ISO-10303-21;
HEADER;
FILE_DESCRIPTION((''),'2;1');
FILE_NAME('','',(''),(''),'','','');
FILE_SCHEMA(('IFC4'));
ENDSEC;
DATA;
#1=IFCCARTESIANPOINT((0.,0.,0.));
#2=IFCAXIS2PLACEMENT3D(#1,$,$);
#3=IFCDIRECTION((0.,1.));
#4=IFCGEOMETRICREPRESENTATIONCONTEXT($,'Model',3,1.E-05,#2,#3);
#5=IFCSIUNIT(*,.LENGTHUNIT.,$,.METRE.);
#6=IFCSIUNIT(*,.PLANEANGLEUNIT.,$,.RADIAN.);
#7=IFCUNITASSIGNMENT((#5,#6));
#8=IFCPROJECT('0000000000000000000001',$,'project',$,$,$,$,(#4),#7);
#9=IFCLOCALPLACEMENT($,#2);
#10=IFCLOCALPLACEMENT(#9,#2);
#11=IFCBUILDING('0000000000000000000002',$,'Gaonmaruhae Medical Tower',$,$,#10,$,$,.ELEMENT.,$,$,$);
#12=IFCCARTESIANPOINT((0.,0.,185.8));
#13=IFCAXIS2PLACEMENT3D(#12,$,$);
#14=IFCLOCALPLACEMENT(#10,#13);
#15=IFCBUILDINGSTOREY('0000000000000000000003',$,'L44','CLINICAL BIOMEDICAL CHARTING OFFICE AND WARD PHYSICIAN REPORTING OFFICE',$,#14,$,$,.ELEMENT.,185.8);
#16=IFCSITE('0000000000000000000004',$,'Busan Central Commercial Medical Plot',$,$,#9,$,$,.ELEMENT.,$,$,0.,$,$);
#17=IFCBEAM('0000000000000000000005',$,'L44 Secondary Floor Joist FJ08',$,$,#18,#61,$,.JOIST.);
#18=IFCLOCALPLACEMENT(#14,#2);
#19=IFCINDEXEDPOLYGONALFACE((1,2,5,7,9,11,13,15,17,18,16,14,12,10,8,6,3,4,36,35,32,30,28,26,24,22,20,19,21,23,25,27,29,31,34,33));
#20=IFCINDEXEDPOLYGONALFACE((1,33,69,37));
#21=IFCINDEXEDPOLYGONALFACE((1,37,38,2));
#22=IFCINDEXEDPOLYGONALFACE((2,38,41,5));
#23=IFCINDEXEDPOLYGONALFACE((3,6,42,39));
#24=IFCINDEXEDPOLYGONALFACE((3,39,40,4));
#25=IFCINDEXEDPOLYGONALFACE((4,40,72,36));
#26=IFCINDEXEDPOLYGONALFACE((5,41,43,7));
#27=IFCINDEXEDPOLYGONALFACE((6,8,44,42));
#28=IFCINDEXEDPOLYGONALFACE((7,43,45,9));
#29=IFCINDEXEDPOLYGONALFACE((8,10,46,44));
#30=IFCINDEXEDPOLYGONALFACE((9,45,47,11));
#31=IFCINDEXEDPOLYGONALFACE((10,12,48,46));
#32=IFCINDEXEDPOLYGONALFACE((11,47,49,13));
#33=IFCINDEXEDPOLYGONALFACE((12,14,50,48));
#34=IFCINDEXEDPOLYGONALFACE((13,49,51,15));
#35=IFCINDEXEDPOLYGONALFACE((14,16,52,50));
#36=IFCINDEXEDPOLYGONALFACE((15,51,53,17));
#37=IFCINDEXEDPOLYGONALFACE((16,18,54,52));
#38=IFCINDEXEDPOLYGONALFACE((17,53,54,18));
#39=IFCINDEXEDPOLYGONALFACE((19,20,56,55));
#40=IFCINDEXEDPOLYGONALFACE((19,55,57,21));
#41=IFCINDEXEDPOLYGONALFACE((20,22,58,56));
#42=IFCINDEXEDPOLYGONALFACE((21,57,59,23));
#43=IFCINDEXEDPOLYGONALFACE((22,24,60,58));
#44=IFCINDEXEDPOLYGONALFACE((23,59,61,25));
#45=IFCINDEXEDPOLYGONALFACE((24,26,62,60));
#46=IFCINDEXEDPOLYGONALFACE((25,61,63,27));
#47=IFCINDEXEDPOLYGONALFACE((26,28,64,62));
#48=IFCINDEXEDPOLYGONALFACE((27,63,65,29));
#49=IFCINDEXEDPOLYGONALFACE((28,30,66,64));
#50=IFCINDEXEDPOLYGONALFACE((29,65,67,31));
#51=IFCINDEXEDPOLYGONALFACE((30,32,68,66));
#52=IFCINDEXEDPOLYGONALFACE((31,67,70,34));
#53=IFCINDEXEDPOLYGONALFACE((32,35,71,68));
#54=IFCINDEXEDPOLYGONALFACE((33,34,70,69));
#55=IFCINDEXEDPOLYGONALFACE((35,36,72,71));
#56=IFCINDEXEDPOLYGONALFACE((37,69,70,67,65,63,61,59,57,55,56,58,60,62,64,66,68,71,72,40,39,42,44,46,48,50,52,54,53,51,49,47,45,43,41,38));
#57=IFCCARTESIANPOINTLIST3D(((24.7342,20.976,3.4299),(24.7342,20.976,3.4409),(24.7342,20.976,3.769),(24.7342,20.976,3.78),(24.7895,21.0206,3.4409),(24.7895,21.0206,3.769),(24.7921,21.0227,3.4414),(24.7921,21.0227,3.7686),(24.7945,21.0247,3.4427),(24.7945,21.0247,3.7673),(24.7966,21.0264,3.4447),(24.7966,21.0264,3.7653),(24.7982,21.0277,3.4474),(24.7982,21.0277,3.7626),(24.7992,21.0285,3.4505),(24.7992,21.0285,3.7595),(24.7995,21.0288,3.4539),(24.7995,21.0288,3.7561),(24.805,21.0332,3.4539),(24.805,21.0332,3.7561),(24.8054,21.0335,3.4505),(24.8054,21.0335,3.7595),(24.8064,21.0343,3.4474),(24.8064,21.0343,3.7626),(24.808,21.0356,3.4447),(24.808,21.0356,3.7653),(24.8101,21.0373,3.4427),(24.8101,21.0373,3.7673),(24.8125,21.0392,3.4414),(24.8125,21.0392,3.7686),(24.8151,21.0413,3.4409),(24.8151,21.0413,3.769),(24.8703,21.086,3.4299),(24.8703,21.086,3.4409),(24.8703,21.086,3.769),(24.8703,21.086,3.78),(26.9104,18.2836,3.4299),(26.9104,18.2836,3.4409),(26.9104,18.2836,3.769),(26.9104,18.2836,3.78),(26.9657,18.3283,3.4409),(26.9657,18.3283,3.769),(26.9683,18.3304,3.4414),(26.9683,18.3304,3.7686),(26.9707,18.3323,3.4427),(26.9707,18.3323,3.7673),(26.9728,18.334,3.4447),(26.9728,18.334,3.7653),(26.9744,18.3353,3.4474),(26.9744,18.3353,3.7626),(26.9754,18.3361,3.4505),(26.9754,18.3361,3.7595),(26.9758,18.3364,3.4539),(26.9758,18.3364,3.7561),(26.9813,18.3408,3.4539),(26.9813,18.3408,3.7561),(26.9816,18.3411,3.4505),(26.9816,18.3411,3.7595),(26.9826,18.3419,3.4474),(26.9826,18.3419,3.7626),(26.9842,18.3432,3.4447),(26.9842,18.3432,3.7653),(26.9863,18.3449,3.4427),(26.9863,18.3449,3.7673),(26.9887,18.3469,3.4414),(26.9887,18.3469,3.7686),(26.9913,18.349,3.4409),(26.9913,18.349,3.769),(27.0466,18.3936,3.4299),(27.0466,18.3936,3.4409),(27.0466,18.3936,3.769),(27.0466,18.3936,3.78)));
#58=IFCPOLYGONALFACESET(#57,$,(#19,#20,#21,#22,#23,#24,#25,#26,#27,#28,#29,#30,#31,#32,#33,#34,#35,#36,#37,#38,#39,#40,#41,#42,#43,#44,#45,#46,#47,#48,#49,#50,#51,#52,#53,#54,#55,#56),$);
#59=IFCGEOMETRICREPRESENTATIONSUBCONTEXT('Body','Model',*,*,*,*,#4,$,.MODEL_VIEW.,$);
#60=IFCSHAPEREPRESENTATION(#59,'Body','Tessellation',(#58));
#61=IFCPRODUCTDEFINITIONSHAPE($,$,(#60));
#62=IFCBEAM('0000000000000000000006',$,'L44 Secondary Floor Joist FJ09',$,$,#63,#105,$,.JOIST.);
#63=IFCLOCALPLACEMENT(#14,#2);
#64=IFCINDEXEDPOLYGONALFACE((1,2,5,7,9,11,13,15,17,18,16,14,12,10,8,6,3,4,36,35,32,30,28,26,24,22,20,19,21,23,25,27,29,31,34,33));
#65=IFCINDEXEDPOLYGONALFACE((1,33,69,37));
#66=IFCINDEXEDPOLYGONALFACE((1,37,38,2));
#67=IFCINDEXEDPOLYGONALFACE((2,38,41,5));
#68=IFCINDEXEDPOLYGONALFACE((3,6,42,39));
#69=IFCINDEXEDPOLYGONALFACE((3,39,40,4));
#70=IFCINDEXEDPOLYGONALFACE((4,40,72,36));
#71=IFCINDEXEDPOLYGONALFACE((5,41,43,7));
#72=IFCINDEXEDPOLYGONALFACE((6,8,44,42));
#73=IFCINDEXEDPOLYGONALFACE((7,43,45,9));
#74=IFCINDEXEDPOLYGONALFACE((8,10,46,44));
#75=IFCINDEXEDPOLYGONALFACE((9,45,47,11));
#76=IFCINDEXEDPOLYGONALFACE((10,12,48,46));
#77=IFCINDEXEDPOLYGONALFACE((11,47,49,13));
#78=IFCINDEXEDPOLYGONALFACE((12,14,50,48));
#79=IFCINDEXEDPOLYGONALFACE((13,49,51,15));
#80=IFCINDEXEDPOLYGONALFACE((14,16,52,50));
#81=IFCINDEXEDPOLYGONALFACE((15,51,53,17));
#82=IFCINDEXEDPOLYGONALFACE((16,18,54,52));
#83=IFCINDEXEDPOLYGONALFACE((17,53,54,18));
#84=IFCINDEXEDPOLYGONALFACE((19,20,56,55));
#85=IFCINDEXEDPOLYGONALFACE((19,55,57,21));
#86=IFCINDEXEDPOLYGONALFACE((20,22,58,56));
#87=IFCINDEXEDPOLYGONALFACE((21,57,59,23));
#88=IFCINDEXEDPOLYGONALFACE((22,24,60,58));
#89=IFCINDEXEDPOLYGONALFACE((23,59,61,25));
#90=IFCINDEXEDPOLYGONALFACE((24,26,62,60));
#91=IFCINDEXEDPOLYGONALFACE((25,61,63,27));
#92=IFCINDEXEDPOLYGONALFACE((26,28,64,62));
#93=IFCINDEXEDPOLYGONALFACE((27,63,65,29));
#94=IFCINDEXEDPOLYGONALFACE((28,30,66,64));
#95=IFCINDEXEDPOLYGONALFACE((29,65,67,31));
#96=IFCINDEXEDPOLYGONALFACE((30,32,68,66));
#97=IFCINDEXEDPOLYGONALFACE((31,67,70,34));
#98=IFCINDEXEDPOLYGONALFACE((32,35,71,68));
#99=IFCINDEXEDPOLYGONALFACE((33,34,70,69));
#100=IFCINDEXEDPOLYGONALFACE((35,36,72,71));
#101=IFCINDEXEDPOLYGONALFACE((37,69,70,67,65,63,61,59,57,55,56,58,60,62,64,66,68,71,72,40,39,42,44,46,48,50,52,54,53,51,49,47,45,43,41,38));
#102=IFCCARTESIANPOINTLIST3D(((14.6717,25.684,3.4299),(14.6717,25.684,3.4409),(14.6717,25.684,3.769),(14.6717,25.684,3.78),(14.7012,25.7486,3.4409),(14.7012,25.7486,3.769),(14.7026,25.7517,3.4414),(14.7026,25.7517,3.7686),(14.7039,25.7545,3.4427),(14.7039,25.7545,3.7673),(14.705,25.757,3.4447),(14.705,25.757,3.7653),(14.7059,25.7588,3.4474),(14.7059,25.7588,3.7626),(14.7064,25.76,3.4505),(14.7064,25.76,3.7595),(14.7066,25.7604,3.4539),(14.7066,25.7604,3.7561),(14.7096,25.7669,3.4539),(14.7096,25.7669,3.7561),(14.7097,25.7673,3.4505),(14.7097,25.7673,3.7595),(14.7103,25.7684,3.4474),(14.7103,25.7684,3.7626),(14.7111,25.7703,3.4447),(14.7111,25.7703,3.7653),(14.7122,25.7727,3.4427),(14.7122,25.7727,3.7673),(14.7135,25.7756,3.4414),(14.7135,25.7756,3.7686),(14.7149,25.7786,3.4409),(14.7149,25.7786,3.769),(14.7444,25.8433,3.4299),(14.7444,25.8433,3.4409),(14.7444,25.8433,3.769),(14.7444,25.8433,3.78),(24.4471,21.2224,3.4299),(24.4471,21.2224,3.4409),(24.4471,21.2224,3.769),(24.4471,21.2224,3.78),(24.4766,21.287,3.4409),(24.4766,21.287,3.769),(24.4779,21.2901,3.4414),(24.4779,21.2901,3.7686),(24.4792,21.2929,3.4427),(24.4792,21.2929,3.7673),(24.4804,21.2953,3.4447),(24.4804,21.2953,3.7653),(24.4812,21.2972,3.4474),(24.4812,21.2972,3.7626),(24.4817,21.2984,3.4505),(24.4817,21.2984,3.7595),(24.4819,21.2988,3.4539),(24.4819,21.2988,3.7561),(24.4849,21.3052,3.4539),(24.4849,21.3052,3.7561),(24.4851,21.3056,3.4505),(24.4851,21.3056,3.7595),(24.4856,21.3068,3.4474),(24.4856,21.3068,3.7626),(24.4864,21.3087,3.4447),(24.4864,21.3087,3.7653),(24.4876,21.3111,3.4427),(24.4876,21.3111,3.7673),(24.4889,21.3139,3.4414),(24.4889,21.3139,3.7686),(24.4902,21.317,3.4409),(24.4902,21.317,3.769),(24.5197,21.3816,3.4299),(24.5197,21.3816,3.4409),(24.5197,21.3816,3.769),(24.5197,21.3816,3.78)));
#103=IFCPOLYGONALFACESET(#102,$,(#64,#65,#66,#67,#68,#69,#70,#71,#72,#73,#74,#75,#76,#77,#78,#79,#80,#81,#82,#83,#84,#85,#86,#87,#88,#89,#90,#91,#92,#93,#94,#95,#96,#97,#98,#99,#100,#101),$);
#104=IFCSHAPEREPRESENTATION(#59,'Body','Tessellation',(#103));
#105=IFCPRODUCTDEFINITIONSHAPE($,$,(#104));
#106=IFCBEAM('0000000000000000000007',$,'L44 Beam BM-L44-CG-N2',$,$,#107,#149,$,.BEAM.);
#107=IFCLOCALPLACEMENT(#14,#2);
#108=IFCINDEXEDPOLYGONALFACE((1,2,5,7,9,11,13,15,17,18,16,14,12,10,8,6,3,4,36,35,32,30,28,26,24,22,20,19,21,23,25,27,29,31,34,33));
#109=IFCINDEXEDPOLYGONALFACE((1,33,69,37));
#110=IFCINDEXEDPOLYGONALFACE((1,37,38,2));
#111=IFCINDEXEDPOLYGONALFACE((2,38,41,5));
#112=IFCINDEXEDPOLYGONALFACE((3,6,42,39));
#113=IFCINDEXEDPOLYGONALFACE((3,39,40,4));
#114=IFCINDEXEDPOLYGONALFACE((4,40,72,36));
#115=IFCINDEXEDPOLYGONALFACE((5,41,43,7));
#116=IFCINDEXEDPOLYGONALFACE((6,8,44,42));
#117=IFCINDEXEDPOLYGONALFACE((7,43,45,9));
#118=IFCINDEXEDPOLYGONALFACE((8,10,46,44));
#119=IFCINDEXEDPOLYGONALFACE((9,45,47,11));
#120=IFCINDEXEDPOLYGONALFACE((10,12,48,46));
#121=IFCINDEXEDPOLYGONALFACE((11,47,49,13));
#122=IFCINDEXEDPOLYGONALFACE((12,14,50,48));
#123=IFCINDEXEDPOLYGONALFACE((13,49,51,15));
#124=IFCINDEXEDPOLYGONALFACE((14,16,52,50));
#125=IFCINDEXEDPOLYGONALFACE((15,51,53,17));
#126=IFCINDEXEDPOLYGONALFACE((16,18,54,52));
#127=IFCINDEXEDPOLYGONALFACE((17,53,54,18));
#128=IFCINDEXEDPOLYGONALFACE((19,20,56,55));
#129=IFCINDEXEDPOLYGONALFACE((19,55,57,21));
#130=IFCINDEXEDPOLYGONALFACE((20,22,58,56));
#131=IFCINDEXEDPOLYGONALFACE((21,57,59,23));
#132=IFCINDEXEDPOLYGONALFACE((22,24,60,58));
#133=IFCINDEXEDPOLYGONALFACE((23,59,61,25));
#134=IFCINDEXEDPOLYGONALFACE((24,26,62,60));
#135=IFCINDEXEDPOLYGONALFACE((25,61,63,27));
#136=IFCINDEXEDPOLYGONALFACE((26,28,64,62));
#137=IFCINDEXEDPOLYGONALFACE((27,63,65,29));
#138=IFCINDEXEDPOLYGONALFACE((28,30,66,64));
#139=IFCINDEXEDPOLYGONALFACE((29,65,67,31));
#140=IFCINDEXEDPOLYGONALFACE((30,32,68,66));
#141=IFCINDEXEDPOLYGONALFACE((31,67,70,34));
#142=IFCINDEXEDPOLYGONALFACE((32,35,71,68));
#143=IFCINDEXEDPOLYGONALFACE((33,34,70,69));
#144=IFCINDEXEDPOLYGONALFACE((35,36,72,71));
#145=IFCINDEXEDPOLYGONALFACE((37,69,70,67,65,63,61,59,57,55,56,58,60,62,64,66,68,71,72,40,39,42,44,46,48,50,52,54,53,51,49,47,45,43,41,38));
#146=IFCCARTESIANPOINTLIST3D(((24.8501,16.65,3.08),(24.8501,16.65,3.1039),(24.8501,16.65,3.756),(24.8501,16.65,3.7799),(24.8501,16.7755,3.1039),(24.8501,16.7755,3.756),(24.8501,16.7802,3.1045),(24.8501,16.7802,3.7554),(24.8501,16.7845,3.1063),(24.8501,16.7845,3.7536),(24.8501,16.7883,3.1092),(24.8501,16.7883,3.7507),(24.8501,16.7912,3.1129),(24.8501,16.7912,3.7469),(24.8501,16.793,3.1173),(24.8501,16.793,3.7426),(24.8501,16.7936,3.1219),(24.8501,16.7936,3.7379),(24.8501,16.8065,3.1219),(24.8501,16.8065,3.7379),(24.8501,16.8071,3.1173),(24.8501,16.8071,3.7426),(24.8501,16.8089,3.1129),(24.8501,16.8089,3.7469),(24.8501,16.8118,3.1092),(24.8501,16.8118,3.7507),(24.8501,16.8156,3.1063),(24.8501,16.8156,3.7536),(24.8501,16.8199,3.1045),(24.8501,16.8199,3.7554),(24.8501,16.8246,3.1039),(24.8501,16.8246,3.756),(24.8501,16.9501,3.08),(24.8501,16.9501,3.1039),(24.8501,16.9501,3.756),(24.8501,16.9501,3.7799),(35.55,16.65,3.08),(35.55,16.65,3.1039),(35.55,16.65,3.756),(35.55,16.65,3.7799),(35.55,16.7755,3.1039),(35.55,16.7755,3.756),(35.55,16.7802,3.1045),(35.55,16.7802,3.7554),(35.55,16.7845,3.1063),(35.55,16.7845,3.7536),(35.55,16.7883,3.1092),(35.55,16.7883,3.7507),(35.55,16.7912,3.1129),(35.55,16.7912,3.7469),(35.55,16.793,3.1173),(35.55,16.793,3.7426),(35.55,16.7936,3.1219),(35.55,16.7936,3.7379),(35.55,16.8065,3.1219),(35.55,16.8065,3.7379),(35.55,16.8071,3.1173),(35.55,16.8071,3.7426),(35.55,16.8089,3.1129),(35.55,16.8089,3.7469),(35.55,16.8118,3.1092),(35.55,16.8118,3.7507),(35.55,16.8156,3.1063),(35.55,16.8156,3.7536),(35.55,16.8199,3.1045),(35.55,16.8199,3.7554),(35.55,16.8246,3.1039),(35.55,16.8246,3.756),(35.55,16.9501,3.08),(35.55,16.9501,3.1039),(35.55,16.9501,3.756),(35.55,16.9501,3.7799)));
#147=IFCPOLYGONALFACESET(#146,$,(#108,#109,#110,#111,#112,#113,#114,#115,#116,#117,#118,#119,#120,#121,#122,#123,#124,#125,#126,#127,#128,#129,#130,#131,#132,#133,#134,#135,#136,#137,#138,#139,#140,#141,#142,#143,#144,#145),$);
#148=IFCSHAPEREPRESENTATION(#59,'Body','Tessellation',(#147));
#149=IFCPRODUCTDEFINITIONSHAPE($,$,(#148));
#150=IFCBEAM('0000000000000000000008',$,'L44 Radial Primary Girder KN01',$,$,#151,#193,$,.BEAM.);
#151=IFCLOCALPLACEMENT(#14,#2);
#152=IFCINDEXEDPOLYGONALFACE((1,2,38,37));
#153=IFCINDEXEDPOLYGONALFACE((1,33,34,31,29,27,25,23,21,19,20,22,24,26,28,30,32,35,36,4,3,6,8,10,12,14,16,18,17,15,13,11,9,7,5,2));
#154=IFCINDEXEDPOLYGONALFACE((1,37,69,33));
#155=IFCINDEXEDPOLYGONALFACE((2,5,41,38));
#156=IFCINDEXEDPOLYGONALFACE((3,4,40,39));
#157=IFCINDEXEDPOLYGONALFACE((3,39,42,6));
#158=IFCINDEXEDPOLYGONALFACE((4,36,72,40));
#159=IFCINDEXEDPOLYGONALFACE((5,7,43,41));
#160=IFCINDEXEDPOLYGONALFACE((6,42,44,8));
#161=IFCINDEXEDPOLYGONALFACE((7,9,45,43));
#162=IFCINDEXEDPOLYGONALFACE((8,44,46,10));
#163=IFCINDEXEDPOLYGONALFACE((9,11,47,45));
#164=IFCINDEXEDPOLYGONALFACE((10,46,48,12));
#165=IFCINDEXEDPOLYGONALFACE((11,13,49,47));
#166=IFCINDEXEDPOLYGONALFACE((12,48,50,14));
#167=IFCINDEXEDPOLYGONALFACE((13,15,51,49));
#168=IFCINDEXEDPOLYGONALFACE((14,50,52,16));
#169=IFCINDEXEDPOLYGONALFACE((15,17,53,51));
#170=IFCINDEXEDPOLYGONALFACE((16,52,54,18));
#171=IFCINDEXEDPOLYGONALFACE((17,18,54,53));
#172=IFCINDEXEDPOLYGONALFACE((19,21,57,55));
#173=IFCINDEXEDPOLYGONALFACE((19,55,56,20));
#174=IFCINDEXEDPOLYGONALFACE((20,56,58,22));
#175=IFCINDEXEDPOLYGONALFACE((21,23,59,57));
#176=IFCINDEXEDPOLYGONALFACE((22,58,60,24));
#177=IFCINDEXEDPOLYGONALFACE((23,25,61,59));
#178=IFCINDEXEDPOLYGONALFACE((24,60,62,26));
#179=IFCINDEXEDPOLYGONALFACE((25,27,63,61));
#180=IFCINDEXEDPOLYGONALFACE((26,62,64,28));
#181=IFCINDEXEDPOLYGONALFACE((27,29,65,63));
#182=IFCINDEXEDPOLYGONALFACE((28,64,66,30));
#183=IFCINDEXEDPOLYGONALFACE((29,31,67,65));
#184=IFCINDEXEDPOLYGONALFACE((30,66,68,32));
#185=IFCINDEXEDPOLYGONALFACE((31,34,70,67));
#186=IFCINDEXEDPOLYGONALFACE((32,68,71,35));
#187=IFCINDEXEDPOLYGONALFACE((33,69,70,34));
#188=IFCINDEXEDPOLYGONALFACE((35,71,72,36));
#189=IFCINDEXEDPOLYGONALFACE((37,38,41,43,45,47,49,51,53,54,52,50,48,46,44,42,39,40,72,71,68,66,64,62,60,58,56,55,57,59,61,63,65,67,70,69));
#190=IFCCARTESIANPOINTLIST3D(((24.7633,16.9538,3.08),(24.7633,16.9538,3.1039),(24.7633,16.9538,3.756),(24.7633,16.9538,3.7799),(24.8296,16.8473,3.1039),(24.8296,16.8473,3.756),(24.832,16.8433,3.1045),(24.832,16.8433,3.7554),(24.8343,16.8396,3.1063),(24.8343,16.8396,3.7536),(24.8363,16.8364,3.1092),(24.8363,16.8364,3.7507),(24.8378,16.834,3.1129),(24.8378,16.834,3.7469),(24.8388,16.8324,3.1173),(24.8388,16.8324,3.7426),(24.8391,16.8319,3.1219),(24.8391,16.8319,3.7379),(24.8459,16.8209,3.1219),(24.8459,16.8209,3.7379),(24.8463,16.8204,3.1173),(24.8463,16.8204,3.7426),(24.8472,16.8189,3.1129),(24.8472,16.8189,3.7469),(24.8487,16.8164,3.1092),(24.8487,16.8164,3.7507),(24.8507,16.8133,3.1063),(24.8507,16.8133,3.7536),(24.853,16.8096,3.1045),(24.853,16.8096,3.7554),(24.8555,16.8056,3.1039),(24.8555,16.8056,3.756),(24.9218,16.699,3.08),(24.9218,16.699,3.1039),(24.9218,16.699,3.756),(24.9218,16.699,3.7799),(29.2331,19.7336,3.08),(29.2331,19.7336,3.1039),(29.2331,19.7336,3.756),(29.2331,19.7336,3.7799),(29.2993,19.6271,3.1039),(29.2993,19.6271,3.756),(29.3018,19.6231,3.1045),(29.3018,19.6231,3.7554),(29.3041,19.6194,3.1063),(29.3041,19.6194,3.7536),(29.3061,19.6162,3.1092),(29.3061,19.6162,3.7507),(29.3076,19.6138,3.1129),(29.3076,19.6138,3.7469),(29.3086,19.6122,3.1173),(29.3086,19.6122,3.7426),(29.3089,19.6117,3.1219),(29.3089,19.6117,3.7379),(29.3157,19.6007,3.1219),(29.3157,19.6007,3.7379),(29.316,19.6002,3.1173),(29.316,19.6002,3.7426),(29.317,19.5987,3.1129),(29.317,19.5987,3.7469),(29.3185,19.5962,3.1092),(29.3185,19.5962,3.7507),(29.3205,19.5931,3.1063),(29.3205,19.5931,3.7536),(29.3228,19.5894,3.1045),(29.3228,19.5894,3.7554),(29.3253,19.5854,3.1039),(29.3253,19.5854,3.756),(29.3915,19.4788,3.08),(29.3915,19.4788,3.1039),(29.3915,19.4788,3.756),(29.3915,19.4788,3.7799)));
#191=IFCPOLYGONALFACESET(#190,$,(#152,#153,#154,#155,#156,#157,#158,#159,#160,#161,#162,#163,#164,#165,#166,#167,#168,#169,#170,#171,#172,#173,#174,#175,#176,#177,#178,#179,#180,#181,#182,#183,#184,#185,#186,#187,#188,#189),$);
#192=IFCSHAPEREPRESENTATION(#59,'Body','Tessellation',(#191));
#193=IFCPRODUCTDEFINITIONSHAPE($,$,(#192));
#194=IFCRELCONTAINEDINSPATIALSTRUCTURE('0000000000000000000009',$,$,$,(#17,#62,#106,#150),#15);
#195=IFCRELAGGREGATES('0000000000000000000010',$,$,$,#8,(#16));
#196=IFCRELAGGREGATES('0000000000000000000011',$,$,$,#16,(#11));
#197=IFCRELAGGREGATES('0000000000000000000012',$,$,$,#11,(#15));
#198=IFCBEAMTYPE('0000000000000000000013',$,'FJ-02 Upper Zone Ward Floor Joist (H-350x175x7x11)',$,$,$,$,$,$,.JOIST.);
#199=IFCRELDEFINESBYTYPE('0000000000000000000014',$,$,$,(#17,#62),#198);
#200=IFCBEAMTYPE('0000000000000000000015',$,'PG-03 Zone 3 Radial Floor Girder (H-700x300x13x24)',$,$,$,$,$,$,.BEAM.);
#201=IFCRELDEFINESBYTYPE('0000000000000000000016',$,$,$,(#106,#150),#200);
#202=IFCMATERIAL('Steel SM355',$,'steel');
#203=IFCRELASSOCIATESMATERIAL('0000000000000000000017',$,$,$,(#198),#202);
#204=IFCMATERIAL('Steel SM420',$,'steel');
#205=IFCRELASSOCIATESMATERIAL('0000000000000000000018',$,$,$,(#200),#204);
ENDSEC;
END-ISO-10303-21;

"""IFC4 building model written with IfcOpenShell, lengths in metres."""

from ifc_helpers import new_model, si_unit, direction, frame, origin, origin_2d, place, context, subcontext, project, spatial, i_section, extrude, material, material_profile, profile_set, type_object, element, save


model = new_model("IFC4")

# Units and contexts
model_context = context("Model", 3, precision=1e-05, world=origin(), true_north=direction((0.0, 1.0)))
body_context = subcontext(model_context, "Body", "Model", "MODEL_VIEW")
ifc_project = project(units=[si_unit("LENGTHUNIT", "METRE"), si_unit("PLANEANGLEUNIT", "RADIAN")], contexts=[model_context])

# Site, building, storey
site_placement = place(None, origin())
site = spatial("IfcSite", under=ifc_project, at=site_placement, Name="Busan Central Commercial Medical Plot", CompositionType="ELEMENT", RefElevation=0.0)
building_placement = place(site_placement, origin())
building = spatial("IfcBuilding", under=site, at=building_placement, Name="Gaonmaruhae Medical Tower", CompositionType="ELEMENT")
storey_placement = place(building_placement, frame((0.0, 0.0, 185.8)))
storey = spatial("IfcBuildingStorey", under=building, at=storey_placement, Name="L44", Description="CLINICAL BIOMEDICAL CHARTING OFFICE AND WARD PHYSICIAN REPORTING OFFICE", CompositionType="ELEMENT", Elevation=185.8)

# Beams
ifc_material_1 = material(Name="Steel SM355", Category="steel")
ifc_material_profile_1 = material_profile(ifc_material_1, i_section(OverallWidth=0.175, OverallDepth=0.3501, WebThickness=0.0071, FlangeThickness=0.011, FilletRadius=0.0129, at=origin_2d()), Name="H-350x175x7x11")
ifc_profile_set_1 = profile_set([ifc_material_profile_1], Name="Steel SM355")
beam_type_1 = type_object("IfcBeamType", Name="FJ-02 Upper Zone Ward Floor Joist (H-350x175x7x11)", PredefinedType="JOIST", material=ifc_profile_set_1)
beam_1_placement = place(storey_placement, frame((26.9785, 18.3386, 3.605), z_axis=(-0.628626, 0.777708, 0.0), x_axis=(-0.777708, -0.628626, 0.0)))
element("IfcBeam", 1, at=beam_1_placement, inside=storey, type_object=beam_type_1, Name="L44 Secondary Floor Joist FJ08", PredefinedType="JOIST", context=body_context, shape_type="SweptSolid", body=[
    extrude(i_section(OverallWidth=0.175, OverallDepth=0.3501, WebThickness=0.0071, FlangeThickness=0.011, FilletRadius=0.0129, at=origin_2d()), origin(), (0.0, 0.0, 1.0), 3.4619),
])
beam_2_placement = place(storey_placement, frame((24.4834, 21.302, 3.605), z_axis=(-0.909723, 0.415215, 0.0), x_axis=(-0.415215, -0.909723, 0.0)))
element("IfcBeam", 2, at=beam_2_placement, inside=storey, type_object=beam_type_1, Name="L44 Secondary Floor Joist FJ09", PredefinedType="JOIST", context=body_context, shape_type="SweptSolid", body=[
    extrude(i_section(OverallWidth=0.175, OverallDepth=0.3501, WebThickness=0.0071, FlangeThickness=0.011, FilletRadius=0.0129, at=origin_2d()), origin(), (0.0, 0.0, 1.0), 10.7454),
])
ifc_material_2 = material(Name="Steel SM420", Category="steel")
ifc_material_profile_2 = material_profile(ifc_material_2, i_section(OverallWidth=0.3, OverallDepth=0.7, WebThickness=0.0129, FlangeThickness=0.0239, FilletRadius=0.0181, at=origin_2d()), Name="H-700x300x13x24")
ifc_profile_set_2 = profile_set([ifc_material_profile_2], Name="Steel SM420")
beam_type_2 = type_object("IfcBeamType", Name="PG-03 Zone 3 Radial Floor Girder (H-700x300x13x24)", PredefinedType="BEAM", material=ifc_profile_set_2)
beam_3_placement = place(storey_placement, frame((24.8501, 16.8, 3.4299), z_axis=(1.0, 0.0, 0.0), x_axis=(0.0, 1.0, 0.0)))
element("IfcBeam", 3, at=beam_3_placement, inside=storey, type_object=beam_type_2, Name="L44 Beam BM-L44-CG-N2", PredefinedType="BEAM", context=body_context, shape_type="SweptSolid", body=[
    extrude(i_section(OverallWidth=0.3, OverallDepth=0.7, WebThickness=0.0129, FlangeThickness=0.0239, FilletRadius=0.0181, at=origin_2d()), origin(), (0.0, 0.0, 1.0), 10.7),
])
beam_4_placement = place(storey_placement, frame((24.8425, 16.8264, 3.4299), z_axis=(0.849174, 0.528113, 0.0), x_axis=(-0.528113, 0.849174, 0.0)))
element("IfcBeam", 4, at=beam_4_placement, inside=storey, type_object=beam_type_2, Name="L44 Radial Primary Girder KN01", PredefinedType="BEAM", context=body_context, shape_type="SweptSolid", body=[
    extrude(i_section(OverallWidth=0.3, OverallDepth=0.7, WebThickness=0.0129, FlangeThickness=0.0239, FilletRadius=0.0181, at=origin_2d()), origin(), (0.0, 0.0, 1.0), 5.2637),
])

save(model, "model.ifc")
